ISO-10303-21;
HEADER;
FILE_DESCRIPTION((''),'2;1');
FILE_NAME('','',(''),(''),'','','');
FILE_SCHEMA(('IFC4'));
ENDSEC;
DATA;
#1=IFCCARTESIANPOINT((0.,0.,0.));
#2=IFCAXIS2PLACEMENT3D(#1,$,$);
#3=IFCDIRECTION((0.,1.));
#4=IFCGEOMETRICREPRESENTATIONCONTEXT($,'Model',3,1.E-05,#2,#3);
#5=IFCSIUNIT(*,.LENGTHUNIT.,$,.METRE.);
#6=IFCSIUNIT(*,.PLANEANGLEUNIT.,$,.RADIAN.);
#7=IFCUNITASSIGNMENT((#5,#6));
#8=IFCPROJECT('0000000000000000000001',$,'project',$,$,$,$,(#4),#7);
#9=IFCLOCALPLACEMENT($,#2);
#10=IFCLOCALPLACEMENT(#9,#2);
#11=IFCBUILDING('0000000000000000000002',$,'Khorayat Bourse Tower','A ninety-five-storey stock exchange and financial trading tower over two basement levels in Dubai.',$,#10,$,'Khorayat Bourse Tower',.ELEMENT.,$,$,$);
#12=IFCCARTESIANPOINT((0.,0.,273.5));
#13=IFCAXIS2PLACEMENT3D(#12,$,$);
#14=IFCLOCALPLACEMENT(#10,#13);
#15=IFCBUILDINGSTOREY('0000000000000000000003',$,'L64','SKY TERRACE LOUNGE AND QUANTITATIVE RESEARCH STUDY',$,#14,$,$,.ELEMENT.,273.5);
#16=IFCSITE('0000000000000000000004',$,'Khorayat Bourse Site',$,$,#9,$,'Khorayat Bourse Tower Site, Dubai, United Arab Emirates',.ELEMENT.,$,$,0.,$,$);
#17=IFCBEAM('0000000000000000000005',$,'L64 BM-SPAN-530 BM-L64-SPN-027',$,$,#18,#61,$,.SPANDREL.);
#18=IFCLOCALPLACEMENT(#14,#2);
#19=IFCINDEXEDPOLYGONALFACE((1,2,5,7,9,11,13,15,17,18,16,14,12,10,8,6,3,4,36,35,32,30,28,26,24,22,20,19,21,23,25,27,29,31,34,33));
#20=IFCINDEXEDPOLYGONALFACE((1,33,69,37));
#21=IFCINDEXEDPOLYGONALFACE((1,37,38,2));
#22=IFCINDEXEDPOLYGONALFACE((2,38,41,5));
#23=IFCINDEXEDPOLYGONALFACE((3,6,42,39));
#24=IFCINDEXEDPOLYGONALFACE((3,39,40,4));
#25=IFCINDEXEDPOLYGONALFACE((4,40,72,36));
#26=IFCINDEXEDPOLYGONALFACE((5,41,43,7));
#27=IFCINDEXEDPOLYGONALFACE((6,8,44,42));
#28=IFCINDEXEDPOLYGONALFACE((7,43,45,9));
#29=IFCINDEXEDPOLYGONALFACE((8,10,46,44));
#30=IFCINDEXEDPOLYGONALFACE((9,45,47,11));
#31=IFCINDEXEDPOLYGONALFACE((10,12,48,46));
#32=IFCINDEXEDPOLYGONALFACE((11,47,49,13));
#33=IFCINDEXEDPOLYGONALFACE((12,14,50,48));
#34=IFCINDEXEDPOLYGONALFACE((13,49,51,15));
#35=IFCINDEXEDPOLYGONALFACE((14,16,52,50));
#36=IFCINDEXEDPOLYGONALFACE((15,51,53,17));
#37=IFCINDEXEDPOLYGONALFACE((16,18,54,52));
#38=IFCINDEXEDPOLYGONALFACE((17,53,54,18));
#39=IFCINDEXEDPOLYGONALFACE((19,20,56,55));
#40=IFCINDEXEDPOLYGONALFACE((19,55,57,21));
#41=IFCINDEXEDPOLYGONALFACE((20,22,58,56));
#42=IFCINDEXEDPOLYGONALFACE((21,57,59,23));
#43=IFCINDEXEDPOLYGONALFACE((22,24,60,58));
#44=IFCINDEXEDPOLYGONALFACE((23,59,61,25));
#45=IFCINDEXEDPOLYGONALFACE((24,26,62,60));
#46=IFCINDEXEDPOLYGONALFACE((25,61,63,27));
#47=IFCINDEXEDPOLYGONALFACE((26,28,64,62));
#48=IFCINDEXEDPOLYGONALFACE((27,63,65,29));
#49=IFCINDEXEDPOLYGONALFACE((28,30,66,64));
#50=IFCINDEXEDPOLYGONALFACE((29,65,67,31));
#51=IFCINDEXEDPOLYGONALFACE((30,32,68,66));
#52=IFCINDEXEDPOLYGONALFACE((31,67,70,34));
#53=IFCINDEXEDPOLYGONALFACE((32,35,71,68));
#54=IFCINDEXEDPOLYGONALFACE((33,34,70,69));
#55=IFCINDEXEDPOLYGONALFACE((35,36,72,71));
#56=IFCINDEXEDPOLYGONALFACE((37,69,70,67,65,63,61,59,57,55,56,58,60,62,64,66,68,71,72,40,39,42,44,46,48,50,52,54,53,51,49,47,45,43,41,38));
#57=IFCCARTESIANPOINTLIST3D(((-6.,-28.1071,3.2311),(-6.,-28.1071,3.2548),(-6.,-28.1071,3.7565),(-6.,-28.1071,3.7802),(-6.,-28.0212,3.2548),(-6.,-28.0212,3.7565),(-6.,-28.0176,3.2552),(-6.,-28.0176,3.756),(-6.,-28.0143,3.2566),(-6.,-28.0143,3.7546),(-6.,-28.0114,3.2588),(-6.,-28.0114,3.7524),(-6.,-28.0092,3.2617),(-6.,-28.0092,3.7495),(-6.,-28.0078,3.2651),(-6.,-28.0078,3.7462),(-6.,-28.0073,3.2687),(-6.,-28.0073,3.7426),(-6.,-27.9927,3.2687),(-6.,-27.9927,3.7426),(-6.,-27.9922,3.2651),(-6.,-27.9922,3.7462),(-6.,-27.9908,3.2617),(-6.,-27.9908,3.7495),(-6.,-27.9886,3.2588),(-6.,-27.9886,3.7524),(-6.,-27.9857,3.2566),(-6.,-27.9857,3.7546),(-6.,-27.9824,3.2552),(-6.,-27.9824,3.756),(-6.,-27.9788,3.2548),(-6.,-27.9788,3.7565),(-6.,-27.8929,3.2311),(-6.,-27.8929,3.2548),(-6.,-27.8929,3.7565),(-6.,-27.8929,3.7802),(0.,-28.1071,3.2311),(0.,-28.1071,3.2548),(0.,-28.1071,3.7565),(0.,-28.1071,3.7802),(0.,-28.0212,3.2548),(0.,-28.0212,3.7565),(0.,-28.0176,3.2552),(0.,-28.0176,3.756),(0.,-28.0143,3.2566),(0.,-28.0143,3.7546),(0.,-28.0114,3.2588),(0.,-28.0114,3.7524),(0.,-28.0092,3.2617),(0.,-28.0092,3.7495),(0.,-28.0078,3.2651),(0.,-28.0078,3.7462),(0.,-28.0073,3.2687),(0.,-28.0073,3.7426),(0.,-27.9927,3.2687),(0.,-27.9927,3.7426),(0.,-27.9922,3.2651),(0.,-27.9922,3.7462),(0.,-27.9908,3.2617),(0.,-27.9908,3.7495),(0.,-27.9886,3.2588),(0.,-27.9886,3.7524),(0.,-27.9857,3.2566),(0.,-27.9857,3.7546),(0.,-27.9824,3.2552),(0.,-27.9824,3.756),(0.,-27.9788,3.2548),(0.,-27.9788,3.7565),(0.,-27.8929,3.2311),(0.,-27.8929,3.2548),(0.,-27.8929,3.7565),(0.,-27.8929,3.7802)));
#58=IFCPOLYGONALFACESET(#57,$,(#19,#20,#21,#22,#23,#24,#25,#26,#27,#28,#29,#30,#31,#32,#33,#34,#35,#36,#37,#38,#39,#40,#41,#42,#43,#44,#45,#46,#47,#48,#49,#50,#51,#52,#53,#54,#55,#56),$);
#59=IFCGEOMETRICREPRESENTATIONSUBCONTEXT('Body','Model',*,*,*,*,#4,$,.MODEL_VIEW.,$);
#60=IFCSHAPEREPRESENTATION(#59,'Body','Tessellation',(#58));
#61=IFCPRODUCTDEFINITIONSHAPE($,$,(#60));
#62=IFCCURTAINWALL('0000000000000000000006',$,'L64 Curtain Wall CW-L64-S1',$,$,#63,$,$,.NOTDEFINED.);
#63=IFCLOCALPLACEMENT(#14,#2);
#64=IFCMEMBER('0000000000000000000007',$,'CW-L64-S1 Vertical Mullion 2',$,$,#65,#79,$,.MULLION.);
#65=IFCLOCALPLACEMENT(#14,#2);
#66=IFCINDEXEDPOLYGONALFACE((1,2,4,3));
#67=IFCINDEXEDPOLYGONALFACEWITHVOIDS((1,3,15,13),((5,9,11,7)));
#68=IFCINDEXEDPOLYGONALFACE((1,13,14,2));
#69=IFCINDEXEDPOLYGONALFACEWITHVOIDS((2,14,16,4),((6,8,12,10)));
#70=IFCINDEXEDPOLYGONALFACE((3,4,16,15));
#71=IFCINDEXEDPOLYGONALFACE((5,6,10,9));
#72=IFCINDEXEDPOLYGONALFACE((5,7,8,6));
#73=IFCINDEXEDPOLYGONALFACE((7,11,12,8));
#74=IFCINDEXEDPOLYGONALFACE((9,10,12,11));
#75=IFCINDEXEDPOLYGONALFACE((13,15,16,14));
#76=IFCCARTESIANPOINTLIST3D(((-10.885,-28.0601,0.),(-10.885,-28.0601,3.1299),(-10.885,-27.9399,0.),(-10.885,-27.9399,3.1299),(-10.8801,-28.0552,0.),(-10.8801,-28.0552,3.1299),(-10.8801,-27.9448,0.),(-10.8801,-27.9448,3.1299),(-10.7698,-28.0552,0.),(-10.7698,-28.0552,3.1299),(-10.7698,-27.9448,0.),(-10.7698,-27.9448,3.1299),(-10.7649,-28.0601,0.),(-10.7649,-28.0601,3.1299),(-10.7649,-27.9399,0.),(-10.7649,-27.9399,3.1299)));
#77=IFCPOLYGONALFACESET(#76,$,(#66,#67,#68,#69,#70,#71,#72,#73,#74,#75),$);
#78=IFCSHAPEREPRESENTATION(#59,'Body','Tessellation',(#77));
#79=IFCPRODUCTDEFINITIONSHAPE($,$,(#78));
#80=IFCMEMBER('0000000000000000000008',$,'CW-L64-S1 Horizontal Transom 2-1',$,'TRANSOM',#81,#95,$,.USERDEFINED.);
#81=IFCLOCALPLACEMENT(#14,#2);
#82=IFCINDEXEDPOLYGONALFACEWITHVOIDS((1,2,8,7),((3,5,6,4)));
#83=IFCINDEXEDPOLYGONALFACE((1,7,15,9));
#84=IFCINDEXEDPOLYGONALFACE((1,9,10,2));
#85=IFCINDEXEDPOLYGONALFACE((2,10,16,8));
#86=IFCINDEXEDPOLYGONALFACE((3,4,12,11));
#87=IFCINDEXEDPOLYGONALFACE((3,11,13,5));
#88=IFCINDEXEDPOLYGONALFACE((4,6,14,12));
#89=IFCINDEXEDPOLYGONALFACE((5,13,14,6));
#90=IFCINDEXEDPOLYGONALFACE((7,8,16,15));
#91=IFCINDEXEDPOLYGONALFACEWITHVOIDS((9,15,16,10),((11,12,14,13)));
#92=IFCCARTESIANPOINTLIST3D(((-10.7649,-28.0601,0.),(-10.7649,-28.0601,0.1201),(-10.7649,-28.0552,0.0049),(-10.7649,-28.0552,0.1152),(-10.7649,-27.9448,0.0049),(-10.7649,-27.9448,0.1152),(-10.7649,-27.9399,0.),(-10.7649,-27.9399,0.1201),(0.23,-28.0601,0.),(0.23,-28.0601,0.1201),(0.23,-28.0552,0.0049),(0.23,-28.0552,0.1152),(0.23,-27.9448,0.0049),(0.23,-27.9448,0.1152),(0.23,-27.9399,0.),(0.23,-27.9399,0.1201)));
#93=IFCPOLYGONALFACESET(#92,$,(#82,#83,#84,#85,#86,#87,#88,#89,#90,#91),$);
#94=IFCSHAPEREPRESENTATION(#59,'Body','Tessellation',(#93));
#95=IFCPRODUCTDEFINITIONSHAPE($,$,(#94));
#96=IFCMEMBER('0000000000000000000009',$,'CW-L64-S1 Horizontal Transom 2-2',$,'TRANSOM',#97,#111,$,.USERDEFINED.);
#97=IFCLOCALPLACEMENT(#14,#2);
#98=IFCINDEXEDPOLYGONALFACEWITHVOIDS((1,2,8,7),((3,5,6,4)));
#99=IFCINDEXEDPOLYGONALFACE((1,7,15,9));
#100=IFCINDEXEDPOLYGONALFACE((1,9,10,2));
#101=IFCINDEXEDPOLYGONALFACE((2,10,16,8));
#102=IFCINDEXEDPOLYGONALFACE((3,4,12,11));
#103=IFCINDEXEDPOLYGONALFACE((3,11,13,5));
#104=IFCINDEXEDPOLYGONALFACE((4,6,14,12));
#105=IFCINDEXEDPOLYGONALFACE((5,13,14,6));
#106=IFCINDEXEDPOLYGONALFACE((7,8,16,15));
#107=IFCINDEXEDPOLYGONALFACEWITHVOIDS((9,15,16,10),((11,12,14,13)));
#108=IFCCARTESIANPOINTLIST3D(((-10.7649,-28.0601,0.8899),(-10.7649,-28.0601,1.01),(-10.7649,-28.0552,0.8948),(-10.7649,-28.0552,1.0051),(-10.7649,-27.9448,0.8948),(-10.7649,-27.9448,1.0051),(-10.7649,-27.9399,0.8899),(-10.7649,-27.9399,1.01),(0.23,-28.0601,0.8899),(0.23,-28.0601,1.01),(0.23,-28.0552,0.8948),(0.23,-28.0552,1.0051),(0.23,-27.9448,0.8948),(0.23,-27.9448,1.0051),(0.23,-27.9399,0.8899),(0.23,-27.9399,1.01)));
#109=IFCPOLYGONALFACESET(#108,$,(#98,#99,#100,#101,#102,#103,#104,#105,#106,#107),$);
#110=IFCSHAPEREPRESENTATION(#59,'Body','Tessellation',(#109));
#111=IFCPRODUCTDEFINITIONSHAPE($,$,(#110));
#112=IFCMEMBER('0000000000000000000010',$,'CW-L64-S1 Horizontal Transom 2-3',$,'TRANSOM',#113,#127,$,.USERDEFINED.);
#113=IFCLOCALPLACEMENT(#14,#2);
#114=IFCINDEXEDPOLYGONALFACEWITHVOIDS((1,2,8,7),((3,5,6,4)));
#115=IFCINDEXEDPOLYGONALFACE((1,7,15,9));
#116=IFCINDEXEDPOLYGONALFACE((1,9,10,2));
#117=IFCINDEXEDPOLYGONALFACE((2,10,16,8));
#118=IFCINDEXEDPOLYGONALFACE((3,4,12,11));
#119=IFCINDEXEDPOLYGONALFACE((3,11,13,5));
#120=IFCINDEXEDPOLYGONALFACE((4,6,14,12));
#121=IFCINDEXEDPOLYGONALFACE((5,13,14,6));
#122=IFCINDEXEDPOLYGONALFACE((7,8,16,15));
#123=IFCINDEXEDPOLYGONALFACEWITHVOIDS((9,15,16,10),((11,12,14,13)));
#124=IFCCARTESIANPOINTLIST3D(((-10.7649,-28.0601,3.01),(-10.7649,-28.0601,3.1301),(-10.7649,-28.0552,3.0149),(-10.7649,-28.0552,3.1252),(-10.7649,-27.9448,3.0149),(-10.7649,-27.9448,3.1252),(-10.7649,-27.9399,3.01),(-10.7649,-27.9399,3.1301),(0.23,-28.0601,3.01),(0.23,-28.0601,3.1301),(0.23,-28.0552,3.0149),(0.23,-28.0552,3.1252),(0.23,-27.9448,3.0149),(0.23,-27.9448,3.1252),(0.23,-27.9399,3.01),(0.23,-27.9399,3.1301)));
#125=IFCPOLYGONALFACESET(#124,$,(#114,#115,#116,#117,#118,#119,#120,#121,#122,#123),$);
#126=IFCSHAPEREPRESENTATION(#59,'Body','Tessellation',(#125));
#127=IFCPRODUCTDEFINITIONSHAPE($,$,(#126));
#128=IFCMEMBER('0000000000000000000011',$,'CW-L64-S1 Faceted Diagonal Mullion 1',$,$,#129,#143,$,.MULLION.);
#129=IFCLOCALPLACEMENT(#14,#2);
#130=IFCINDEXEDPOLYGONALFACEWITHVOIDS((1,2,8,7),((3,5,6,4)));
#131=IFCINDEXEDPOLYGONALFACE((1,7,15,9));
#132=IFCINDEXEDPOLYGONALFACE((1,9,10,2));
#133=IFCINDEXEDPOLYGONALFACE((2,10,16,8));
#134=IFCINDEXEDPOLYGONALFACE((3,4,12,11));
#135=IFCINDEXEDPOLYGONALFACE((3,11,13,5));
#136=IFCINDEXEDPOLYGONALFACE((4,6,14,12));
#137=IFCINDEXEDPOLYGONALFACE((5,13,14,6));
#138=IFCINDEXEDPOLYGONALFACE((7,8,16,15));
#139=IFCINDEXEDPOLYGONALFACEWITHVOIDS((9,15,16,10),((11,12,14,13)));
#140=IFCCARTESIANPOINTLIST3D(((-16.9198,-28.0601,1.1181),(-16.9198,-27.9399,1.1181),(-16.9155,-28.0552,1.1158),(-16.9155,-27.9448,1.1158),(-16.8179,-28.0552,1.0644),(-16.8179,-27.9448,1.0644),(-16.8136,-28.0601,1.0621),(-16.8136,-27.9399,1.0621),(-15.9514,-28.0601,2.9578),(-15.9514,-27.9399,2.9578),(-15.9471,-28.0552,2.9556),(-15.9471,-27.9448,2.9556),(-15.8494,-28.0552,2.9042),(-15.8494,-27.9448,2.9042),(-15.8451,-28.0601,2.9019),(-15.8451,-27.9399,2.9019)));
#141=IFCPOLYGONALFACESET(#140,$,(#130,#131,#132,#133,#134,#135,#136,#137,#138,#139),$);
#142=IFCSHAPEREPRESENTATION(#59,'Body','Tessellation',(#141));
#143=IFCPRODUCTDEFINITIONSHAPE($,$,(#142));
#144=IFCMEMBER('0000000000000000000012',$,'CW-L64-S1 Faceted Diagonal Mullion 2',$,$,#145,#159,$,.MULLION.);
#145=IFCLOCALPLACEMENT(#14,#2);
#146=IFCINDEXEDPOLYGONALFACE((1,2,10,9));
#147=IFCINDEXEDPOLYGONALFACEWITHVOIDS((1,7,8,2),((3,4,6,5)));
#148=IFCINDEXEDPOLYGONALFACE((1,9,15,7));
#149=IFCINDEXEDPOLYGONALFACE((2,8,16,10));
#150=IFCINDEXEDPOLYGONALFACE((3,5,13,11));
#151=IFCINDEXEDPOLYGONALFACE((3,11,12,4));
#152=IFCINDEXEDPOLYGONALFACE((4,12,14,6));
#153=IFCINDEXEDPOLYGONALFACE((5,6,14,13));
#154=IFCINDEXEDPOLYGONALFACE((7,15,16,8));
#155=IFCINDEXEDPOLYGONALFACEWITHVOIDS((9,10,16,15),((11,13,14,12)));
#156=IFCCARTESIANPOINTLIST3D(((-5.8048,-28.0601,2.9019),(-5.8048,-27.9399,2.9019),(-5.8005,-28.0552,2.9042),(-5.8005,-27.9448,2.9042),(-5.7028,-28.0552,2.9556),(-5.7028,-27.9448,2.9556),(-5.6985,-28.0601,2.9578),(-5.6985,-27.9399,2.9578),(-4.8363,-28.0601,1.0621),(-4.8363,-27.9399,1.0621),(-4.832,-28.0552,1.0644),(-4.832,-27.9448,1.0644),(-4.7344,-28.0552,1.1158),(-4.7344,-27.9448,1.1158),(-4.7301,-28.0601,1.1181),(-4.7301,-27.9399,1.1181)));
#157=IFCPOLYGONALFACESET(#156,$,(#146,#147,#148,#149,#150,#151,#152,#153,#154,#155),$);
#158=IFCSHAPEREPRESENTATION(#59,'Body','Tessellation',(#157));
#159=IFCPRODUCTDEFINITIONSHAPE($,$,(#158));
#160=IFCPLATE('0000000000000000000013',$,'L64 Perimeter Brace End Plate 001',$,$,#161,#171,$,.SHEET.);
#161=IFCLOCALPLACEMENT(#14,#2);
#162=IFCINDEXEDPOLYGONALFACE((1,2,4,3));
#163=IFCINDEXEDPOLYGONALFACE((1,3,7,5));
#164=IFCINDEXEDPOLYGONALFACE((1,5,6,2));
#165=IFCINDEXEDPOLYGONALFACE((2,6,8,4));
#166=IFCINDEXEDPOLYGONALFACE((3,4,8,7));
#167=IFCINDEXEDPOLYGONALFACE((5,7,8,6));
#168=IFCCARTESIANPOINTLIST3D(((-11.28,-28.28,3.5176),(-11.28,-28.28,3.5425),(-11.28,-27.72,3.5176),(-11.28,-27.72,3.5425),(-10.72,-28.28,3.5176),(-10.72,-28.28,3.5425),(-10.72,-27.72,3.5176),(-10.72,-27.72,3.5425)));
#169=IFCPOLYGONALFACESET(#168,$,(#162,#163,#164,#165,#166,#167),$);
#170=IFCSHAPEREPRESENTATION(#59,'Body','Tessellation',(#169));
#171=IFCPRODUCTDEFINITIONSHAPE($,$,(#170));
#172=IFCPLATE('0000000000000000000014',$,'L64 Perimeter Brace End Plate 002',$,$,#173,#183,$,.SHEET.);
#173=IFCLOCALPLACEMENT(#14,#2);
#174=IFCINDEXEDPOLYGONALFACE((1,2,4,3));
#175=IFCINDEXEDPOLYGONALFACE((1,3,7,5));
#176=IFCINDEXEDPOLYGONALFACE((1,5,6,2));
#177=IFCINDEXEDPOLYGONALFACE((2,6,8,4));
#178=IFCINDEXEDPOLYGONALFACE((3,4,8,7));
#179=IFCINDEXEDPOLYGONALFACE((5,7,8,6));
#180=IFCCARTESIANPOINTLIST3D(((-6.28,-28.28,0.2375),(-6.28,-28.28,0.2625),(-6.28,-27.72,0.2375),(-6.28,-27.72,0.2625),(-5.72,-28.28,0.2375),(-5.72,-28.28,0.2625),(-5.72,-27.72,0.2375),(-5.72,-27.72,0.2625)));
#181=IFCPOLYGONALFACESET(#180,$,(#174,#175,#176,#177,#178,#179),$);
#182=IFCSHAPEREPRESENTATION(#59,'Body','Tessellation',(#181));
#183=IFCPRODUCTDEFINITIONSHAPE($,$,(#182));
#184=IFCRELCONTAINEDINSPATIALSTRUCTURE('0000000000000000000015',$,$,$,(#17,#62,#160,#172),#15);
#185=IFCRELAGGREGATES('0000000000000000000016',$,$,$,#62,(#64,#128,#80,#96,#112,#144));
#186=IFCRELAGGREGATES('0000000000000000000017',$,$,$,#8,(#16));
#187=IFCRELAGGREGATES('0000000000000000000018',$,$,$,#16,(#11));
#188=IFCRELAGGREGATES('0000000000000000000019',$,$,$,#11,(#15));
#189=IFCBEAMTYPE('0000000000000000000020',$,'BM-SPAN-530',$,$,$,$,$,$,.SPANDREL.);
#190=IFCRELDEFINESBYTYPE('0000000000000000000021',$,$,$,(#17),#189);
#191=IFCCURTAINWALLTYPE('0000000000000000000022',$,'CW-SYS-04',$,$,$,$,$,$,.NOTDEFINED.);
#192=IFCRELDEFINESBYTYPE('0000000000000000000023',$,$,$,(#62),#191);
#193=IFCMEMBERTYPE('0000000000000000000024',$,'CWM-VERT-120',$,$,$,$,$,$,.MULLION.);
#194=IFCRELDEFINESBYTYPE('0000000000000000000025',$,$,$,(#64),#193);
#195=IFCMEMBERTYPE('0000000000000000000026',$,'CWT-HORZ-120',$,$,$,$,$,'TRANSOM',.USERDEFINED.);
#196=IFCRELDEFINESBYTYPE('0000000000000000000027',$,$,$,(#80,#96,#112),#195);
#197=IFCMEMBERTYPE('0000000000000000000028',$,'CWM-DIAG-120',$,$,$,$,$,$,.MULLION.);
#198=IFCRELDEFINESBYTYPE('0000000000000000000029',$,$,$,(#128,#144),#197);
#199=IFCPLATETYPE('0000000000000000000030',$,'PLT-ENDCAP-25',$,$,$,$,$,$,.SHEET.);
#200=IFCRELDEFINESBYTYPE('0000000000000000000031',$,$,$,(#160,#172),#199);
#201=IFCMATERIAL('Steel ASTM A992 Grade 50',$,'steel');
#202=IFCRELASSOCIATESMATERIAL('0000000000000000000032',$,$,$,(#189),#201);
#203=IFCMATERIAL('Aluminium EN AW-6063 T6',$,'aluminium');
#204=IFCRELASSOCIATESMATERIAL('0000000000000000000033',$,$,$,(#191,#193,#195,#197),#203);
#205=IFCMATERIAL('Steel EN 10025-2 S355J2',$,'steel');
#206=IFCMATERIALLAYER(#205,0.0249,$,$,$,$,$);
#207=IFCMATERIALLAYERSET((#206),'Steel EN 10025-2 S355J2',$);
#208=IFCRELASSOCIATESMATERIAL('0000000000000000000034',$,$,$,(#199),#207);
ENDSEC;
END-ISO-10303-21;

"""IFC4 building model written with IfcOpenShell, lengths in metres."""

from ifc_helpers import new_model, si_unit, direction, frame, origin, origin_2d, place, context, subcontext, project, spatial, rectangle, hollow_rectangle, i_section, extrude, source, transform, mapped, material, layer, layer_set, material_profile, profile_set, type_object, element, aggregate, save


model = new_model("IFC4")

# Units and contexts
model_context = context("Model", 3, precision=1e-05, world=origin(), true_north=direction((0.0, 1.0)))
body_context = subcontext(model_context, "Body", "Model", "MODEL_VIEW")
ifc_project = project(units=[si_unit("LENGTHUNIT", "METRE"), si_unit("PLANEANGLEUNIT", "RADIAN")], contexts=[model_context])

# Site, building, storey
site_placement = place(None, origin())
site = spatial("IfcSite", under=ifc_project, at=site_placement, Name="Khorayat Bourse Site", LongName="Khorayat Bourse Tower Site, Dubai, United Arab Emirates", CompositionType="ELEMENT", RefElevation=0.0)
building_placement = place(site_placement, origin())
building = spatial("IfcBuilding", under=site, at=building_placement, Name="Khorayat Bourse Tower", Description="A ninety-five-storey stock exchange and financial trading tower over two basement levels in Dubai.", LongName="Khorayat Bourse Tower", CompositionType="ELEMENT")
storey_placement = place(building_placement, frame((0.0, 0.0, 273.5)))
storey = spatial("IfcBuildingStorey", under=building, at=storey_placement, Name="L64", Description="SKY TERRACE LOUNGE AND QUANTITATIVE RESEARCH STUDY", CompositionType="ELEMENT", Elevation=273.5)

# Shared definitions
ifc_material_1 = material(Name="Steel ASTM A992 Grade 50", Category="steel")

# Beam
ifc_material_profile_1 = material_profile(ifc_material_1, i_section(OverallWidth=0.2141, OverallDepth=0.5491, WebThickness=0.0146, FlangeThickness=0.0237, FilletRadius=0.0139, at=origin_2d()), Name="W530X138")
ifc_profile_set_1 = profile_set([ifc_material_profile_1], Name="Steel ASTM A992 Grade 50")
beam_type_1 = type_object("IfcBeamType", Name="BM-SPAN-530", PredefinedType="SPANDREL", material=ifc_profile_set_1)
shared_shape_1 = source(origin(), body_context, "Body", "SweptSolid", [
    extrude(i_section(OverallWidth=0.2141, OverallDepth=0.5491, WebThickness=0.0146, FlangeThickness=0.0237, FilletRadius=0.0139, at=origin_2d()), origin(), (0.0, 0.0, 1.0), 6.0),
])
beam_1_placement = place(storey_placement, frame((-6.0, -28.0, 3.5056), z_axis=(1.0, 0.0, 0.0), x_axis=(0.0, 1.0, 0.0)))
element("IfcBeam", 1, at=beam_1_placement, inside=storey, type_object=beam_type_1, Name="L64 BM-SPAN-530 BM-L64-SPN-027", PredefinedType="SPANDREL", context=body_context, shape_type="MappedRepresentation", body=[
    mapped(shared_shape_1, transform((0.0, 0.0, 0.0), scale=1.0)),
])

# Curtain wall, members
ifc_material_2 = material(Name="Aluminium EN AW-6063 T6", Category="aluminium")
curtain_wall_type = type_object("IfcCurtainWallType", Name="CW-SYS-04", PredefinedType="NOTDEFINED", material=ifc_material_2)
curtain_wall_placement = place(storey_placement, origin())
curtain_wall = element("IfcCurtainWall", 2, at=curtain_wall_placement, inside=storey, type_object=curtain_wall_type, Name="L64 Curtain Wall CW-L64-S1", PredefinedType="NOTDEFINED")
ifc_material_profile_2 = material_profile(ifc_material_2, hollow_rectangle(XDim=0.1201, YDim=0.1201, WallThickness=0.0049, at=origin_2d()), Name="ALU 120x120x5")
ifc_profile_set_2 = profile_set([ifc_material_profile_2], Name="Aluminium EN AW-6063 T6")
member_type_1 = type_object("IfcMemberType", Name="CWM-VERT-120", PredefinedType="MULLION", material=ifc_profile_set_2)
shared_shape_2 = source(origin(), body_context, "Body", "SweptSolid", [
    extrude(hollow_rectangle(XDim=0.1201, YDim=0.1201, WallThickness=0.0049, at=origin_2d()), origin(), (0.0, 0.0, 1.0), 3.1299),
])
member_1_placement = place(storey_placement, frame((-10.825, -28.0, 0.0), z_axis=(0.0, 0.0, 1.0), x_axis=(0.0, 1.0, 0.0)))
member_1 = element("IfcMember", 3, at=member_1_placement, type_object=member_type_1, Name="CW-L64-S1 Vertical Mullion 2", PredefinedType="MULLION", context=body_context, shape_type="MappedRepresentation", body=[
    mapped(shared_shape_2, transform((0.0, 0.0, 0.0), scale=1.0)),
])
ifc_material_profile_3 = material_profile(ifc_material_2, hollow_rectangle(XDim=0.1201, YDim=0.1201, WallThickness=0.0049, at=origin_2d()), Name="ALU 120x120x5")
ifc_profile_set_3 = profile_set([ifc_material_profile_3], Name="Aluminium EN AW-6063 T6")
member_type_2 = type_object("IfcMemberType", Name="CWT-HORZ-120", ElementType="TRANSOM", PredefinedType="USERDEFINED", material=ifc_profile_set_3)
shared_shape_3 = source(origin(), body_context, "Body", "SweptSolid", [
    extrude(hollow_rectangle(XDim=0.1201, YDim=0.1201, WallThickness=0.0049, at=origin_2d()), origin(), (0.0, 0.0, 1.0), 10.9949),
])
member_2_placement = place(storey_placement, frame((-10.7649, -28.0, 0.0601), z_axis=(1.0, 0.0, 0.0), x_axis=(0.0, 1.0, 0.0)))
member_2 = element("IfcMember", 4, at=member_2_placement, type_object=member_type_2, Name="CW-L64-S1 Horizontal Transom 2-1", ObjectType="TRANSOM", PredefinedType="USERDEFINED", context=body_context, shape_type="MappedRepresentation", body=[
    mapped(shared_shape_3, transform((0.0, 0.0, 0.0), scale=1.0)),
])
member_3_placement = place(storey_placement, frame((-10.7649, -28.0, 0.95), z_axis=(1.0, 0.0, 0.0), x_axis=(0.0, 1.0, 0.0)))
member_3 = element("IfcMember", 5, at=member_3_placement, type_object=member_type_2, Name="CW-L64-S1 Horizontal Transom 2-2", ObjectType="TRANSOM", PredefinedType="USERDEFINED", context=body_context, shape_type="MappedRepresentation", body=[
    mapped(shared_shape_3, transform((0.0, 0.0, 0.0), scale=1.0)),
])
member_4_placement = place(storey_placement, frame((-10.7649, -28.0, 3.0701), z_axis=(1.0, 0.0, 0.0), x_axis=(0.0, 1.0, 0.0)))
member_4 = element("IfcMember", 6, at=member_4_placement, type_object=member_type_2, Name="CW-L64-S1 Horizontal Transom 2-3", ObjectType="TRANSOM", PredefinedType="USERDEFINED", context=body_context, shape_type="MappedRepresentation", body=[
    mapped(shared_shape_3, transform((0.0, 0.0, 0.0), scale=1.0)),
])
ifc_material_profile_4 = material_profile(ifc_material_2, hollow_rectangle(XDim=0.1201, YDim=0.1201, WallThickness=0.0049, at=origin_2d()), Name="ALU 120x120x5")
ifc_profile_set_4 = profile_set([ifc_material_profile_4], Name="Aluminium EN AW-6063 T6")
member_type_3 = type_object("IfcMemberType", Name="CWM-DIAG-120", PredefinedType="MULLION", material=ifc_profile_set_4)
shared_shape_4 = source(origin(), body_context, "Body", "SweptSolid", [
    extrude(hollow_rectangle(XDim=0.1201, YDim=0.1201, WallThickness=0.0049, at=origin_2d()), origin(), (0.0, 0.0, 1.0), 2.0791),
])
member_5_placement = place(storey_placement, frame((-16.8667, -28.0, 1.0901), z_axis=(0.465809, 0.0, 0.884885), x_axis=(0.0, 1.0, 0.0)))
member_5 = element("IfcMember", 7, at=member_5_placement, type_object=member_type_3, Name="CW-L64-S1 Faceted Diagonal Mullion 1", PredefinedType="MULLION", context=body_context, shape_type="MappedRepresentation", body=[
    mapped(shared_shape_4, transform((0.0, 0.0, 0.0), scale=1.0)),
])
member_6_placement = place(storey_placement, frame((-4.7832, -28.0, 1.0901), z_axis=(-0.465809, 0.0, 0.884885), x_axis=(0.0, -1.0, 0.0)))
member_6 = element("IfcMember", 8, at=member_6_placement, type_object=member_type_3, Name="CW-L64-S1 Faceted Diagonal Mullion 2", PredefinedType="MULLION", context=body_context, shape_type="MappedRepresentation", body=[
    mapped(shared_shape_4, transform((0.0, 0.0, 0.0), scale=1.0)),
])

# Plates
ifc_material_3 = material(Name="Steel EN 10025-2 S355J2", Category="steel")
ifc_layer_1 = layer(ifc_material_3, 0.0249)
ifc_layer_set_1 = layer_set([ifc_layer_1], Name="Steel EN 10025-2 S355J2")
plate_type_1 = type_object("IfcPlateType", Name="PLT-ENDCAP-25", PredefinedType="SHEET", material=ifc_layer_set_1)
shared_shape_5 = source(origin(), body_context, "Body", "SweptSolid", [
    extrude(rectangle(XDim=0.5601, YDim=0.5601, at=origin_2d()), origin(), (0.0, 0.0, 1.0), 0.0249),
])
for number, where, z_axis, x_axis, name in (
    (9, (-11.0, -28.0, 3.5176), (0.0, 0.0, 1.0), (1.0, 0.0, 0.0), "L64 Perimeter Brace End Plate 001"),
    (10, (-6.0, -28.0, 0.2375), (0.0, 0.0, 1.0), (1.0, 0.0, 0.0), "L64 Perimeter Brace End Plate 002"),
):
    element("IfcPlate", number, at=place(storey_placement, frame(where, z_axis=z_axis, x_axis=x_axis)), inside=storey, type_object=plate_type_1, Name=name, PredefinedType="SHEET", context=body_context, shape_type="MappedRepresentation", body=[
        mapped(shared_shape_5, transform((0.0, 0.0, 0.0), scale=1.0)),
    ])

aggregate(curtain_wall, [member_1, member_5, member_2, member_3, member_4, member_6])

save(model, "model.ifc")
